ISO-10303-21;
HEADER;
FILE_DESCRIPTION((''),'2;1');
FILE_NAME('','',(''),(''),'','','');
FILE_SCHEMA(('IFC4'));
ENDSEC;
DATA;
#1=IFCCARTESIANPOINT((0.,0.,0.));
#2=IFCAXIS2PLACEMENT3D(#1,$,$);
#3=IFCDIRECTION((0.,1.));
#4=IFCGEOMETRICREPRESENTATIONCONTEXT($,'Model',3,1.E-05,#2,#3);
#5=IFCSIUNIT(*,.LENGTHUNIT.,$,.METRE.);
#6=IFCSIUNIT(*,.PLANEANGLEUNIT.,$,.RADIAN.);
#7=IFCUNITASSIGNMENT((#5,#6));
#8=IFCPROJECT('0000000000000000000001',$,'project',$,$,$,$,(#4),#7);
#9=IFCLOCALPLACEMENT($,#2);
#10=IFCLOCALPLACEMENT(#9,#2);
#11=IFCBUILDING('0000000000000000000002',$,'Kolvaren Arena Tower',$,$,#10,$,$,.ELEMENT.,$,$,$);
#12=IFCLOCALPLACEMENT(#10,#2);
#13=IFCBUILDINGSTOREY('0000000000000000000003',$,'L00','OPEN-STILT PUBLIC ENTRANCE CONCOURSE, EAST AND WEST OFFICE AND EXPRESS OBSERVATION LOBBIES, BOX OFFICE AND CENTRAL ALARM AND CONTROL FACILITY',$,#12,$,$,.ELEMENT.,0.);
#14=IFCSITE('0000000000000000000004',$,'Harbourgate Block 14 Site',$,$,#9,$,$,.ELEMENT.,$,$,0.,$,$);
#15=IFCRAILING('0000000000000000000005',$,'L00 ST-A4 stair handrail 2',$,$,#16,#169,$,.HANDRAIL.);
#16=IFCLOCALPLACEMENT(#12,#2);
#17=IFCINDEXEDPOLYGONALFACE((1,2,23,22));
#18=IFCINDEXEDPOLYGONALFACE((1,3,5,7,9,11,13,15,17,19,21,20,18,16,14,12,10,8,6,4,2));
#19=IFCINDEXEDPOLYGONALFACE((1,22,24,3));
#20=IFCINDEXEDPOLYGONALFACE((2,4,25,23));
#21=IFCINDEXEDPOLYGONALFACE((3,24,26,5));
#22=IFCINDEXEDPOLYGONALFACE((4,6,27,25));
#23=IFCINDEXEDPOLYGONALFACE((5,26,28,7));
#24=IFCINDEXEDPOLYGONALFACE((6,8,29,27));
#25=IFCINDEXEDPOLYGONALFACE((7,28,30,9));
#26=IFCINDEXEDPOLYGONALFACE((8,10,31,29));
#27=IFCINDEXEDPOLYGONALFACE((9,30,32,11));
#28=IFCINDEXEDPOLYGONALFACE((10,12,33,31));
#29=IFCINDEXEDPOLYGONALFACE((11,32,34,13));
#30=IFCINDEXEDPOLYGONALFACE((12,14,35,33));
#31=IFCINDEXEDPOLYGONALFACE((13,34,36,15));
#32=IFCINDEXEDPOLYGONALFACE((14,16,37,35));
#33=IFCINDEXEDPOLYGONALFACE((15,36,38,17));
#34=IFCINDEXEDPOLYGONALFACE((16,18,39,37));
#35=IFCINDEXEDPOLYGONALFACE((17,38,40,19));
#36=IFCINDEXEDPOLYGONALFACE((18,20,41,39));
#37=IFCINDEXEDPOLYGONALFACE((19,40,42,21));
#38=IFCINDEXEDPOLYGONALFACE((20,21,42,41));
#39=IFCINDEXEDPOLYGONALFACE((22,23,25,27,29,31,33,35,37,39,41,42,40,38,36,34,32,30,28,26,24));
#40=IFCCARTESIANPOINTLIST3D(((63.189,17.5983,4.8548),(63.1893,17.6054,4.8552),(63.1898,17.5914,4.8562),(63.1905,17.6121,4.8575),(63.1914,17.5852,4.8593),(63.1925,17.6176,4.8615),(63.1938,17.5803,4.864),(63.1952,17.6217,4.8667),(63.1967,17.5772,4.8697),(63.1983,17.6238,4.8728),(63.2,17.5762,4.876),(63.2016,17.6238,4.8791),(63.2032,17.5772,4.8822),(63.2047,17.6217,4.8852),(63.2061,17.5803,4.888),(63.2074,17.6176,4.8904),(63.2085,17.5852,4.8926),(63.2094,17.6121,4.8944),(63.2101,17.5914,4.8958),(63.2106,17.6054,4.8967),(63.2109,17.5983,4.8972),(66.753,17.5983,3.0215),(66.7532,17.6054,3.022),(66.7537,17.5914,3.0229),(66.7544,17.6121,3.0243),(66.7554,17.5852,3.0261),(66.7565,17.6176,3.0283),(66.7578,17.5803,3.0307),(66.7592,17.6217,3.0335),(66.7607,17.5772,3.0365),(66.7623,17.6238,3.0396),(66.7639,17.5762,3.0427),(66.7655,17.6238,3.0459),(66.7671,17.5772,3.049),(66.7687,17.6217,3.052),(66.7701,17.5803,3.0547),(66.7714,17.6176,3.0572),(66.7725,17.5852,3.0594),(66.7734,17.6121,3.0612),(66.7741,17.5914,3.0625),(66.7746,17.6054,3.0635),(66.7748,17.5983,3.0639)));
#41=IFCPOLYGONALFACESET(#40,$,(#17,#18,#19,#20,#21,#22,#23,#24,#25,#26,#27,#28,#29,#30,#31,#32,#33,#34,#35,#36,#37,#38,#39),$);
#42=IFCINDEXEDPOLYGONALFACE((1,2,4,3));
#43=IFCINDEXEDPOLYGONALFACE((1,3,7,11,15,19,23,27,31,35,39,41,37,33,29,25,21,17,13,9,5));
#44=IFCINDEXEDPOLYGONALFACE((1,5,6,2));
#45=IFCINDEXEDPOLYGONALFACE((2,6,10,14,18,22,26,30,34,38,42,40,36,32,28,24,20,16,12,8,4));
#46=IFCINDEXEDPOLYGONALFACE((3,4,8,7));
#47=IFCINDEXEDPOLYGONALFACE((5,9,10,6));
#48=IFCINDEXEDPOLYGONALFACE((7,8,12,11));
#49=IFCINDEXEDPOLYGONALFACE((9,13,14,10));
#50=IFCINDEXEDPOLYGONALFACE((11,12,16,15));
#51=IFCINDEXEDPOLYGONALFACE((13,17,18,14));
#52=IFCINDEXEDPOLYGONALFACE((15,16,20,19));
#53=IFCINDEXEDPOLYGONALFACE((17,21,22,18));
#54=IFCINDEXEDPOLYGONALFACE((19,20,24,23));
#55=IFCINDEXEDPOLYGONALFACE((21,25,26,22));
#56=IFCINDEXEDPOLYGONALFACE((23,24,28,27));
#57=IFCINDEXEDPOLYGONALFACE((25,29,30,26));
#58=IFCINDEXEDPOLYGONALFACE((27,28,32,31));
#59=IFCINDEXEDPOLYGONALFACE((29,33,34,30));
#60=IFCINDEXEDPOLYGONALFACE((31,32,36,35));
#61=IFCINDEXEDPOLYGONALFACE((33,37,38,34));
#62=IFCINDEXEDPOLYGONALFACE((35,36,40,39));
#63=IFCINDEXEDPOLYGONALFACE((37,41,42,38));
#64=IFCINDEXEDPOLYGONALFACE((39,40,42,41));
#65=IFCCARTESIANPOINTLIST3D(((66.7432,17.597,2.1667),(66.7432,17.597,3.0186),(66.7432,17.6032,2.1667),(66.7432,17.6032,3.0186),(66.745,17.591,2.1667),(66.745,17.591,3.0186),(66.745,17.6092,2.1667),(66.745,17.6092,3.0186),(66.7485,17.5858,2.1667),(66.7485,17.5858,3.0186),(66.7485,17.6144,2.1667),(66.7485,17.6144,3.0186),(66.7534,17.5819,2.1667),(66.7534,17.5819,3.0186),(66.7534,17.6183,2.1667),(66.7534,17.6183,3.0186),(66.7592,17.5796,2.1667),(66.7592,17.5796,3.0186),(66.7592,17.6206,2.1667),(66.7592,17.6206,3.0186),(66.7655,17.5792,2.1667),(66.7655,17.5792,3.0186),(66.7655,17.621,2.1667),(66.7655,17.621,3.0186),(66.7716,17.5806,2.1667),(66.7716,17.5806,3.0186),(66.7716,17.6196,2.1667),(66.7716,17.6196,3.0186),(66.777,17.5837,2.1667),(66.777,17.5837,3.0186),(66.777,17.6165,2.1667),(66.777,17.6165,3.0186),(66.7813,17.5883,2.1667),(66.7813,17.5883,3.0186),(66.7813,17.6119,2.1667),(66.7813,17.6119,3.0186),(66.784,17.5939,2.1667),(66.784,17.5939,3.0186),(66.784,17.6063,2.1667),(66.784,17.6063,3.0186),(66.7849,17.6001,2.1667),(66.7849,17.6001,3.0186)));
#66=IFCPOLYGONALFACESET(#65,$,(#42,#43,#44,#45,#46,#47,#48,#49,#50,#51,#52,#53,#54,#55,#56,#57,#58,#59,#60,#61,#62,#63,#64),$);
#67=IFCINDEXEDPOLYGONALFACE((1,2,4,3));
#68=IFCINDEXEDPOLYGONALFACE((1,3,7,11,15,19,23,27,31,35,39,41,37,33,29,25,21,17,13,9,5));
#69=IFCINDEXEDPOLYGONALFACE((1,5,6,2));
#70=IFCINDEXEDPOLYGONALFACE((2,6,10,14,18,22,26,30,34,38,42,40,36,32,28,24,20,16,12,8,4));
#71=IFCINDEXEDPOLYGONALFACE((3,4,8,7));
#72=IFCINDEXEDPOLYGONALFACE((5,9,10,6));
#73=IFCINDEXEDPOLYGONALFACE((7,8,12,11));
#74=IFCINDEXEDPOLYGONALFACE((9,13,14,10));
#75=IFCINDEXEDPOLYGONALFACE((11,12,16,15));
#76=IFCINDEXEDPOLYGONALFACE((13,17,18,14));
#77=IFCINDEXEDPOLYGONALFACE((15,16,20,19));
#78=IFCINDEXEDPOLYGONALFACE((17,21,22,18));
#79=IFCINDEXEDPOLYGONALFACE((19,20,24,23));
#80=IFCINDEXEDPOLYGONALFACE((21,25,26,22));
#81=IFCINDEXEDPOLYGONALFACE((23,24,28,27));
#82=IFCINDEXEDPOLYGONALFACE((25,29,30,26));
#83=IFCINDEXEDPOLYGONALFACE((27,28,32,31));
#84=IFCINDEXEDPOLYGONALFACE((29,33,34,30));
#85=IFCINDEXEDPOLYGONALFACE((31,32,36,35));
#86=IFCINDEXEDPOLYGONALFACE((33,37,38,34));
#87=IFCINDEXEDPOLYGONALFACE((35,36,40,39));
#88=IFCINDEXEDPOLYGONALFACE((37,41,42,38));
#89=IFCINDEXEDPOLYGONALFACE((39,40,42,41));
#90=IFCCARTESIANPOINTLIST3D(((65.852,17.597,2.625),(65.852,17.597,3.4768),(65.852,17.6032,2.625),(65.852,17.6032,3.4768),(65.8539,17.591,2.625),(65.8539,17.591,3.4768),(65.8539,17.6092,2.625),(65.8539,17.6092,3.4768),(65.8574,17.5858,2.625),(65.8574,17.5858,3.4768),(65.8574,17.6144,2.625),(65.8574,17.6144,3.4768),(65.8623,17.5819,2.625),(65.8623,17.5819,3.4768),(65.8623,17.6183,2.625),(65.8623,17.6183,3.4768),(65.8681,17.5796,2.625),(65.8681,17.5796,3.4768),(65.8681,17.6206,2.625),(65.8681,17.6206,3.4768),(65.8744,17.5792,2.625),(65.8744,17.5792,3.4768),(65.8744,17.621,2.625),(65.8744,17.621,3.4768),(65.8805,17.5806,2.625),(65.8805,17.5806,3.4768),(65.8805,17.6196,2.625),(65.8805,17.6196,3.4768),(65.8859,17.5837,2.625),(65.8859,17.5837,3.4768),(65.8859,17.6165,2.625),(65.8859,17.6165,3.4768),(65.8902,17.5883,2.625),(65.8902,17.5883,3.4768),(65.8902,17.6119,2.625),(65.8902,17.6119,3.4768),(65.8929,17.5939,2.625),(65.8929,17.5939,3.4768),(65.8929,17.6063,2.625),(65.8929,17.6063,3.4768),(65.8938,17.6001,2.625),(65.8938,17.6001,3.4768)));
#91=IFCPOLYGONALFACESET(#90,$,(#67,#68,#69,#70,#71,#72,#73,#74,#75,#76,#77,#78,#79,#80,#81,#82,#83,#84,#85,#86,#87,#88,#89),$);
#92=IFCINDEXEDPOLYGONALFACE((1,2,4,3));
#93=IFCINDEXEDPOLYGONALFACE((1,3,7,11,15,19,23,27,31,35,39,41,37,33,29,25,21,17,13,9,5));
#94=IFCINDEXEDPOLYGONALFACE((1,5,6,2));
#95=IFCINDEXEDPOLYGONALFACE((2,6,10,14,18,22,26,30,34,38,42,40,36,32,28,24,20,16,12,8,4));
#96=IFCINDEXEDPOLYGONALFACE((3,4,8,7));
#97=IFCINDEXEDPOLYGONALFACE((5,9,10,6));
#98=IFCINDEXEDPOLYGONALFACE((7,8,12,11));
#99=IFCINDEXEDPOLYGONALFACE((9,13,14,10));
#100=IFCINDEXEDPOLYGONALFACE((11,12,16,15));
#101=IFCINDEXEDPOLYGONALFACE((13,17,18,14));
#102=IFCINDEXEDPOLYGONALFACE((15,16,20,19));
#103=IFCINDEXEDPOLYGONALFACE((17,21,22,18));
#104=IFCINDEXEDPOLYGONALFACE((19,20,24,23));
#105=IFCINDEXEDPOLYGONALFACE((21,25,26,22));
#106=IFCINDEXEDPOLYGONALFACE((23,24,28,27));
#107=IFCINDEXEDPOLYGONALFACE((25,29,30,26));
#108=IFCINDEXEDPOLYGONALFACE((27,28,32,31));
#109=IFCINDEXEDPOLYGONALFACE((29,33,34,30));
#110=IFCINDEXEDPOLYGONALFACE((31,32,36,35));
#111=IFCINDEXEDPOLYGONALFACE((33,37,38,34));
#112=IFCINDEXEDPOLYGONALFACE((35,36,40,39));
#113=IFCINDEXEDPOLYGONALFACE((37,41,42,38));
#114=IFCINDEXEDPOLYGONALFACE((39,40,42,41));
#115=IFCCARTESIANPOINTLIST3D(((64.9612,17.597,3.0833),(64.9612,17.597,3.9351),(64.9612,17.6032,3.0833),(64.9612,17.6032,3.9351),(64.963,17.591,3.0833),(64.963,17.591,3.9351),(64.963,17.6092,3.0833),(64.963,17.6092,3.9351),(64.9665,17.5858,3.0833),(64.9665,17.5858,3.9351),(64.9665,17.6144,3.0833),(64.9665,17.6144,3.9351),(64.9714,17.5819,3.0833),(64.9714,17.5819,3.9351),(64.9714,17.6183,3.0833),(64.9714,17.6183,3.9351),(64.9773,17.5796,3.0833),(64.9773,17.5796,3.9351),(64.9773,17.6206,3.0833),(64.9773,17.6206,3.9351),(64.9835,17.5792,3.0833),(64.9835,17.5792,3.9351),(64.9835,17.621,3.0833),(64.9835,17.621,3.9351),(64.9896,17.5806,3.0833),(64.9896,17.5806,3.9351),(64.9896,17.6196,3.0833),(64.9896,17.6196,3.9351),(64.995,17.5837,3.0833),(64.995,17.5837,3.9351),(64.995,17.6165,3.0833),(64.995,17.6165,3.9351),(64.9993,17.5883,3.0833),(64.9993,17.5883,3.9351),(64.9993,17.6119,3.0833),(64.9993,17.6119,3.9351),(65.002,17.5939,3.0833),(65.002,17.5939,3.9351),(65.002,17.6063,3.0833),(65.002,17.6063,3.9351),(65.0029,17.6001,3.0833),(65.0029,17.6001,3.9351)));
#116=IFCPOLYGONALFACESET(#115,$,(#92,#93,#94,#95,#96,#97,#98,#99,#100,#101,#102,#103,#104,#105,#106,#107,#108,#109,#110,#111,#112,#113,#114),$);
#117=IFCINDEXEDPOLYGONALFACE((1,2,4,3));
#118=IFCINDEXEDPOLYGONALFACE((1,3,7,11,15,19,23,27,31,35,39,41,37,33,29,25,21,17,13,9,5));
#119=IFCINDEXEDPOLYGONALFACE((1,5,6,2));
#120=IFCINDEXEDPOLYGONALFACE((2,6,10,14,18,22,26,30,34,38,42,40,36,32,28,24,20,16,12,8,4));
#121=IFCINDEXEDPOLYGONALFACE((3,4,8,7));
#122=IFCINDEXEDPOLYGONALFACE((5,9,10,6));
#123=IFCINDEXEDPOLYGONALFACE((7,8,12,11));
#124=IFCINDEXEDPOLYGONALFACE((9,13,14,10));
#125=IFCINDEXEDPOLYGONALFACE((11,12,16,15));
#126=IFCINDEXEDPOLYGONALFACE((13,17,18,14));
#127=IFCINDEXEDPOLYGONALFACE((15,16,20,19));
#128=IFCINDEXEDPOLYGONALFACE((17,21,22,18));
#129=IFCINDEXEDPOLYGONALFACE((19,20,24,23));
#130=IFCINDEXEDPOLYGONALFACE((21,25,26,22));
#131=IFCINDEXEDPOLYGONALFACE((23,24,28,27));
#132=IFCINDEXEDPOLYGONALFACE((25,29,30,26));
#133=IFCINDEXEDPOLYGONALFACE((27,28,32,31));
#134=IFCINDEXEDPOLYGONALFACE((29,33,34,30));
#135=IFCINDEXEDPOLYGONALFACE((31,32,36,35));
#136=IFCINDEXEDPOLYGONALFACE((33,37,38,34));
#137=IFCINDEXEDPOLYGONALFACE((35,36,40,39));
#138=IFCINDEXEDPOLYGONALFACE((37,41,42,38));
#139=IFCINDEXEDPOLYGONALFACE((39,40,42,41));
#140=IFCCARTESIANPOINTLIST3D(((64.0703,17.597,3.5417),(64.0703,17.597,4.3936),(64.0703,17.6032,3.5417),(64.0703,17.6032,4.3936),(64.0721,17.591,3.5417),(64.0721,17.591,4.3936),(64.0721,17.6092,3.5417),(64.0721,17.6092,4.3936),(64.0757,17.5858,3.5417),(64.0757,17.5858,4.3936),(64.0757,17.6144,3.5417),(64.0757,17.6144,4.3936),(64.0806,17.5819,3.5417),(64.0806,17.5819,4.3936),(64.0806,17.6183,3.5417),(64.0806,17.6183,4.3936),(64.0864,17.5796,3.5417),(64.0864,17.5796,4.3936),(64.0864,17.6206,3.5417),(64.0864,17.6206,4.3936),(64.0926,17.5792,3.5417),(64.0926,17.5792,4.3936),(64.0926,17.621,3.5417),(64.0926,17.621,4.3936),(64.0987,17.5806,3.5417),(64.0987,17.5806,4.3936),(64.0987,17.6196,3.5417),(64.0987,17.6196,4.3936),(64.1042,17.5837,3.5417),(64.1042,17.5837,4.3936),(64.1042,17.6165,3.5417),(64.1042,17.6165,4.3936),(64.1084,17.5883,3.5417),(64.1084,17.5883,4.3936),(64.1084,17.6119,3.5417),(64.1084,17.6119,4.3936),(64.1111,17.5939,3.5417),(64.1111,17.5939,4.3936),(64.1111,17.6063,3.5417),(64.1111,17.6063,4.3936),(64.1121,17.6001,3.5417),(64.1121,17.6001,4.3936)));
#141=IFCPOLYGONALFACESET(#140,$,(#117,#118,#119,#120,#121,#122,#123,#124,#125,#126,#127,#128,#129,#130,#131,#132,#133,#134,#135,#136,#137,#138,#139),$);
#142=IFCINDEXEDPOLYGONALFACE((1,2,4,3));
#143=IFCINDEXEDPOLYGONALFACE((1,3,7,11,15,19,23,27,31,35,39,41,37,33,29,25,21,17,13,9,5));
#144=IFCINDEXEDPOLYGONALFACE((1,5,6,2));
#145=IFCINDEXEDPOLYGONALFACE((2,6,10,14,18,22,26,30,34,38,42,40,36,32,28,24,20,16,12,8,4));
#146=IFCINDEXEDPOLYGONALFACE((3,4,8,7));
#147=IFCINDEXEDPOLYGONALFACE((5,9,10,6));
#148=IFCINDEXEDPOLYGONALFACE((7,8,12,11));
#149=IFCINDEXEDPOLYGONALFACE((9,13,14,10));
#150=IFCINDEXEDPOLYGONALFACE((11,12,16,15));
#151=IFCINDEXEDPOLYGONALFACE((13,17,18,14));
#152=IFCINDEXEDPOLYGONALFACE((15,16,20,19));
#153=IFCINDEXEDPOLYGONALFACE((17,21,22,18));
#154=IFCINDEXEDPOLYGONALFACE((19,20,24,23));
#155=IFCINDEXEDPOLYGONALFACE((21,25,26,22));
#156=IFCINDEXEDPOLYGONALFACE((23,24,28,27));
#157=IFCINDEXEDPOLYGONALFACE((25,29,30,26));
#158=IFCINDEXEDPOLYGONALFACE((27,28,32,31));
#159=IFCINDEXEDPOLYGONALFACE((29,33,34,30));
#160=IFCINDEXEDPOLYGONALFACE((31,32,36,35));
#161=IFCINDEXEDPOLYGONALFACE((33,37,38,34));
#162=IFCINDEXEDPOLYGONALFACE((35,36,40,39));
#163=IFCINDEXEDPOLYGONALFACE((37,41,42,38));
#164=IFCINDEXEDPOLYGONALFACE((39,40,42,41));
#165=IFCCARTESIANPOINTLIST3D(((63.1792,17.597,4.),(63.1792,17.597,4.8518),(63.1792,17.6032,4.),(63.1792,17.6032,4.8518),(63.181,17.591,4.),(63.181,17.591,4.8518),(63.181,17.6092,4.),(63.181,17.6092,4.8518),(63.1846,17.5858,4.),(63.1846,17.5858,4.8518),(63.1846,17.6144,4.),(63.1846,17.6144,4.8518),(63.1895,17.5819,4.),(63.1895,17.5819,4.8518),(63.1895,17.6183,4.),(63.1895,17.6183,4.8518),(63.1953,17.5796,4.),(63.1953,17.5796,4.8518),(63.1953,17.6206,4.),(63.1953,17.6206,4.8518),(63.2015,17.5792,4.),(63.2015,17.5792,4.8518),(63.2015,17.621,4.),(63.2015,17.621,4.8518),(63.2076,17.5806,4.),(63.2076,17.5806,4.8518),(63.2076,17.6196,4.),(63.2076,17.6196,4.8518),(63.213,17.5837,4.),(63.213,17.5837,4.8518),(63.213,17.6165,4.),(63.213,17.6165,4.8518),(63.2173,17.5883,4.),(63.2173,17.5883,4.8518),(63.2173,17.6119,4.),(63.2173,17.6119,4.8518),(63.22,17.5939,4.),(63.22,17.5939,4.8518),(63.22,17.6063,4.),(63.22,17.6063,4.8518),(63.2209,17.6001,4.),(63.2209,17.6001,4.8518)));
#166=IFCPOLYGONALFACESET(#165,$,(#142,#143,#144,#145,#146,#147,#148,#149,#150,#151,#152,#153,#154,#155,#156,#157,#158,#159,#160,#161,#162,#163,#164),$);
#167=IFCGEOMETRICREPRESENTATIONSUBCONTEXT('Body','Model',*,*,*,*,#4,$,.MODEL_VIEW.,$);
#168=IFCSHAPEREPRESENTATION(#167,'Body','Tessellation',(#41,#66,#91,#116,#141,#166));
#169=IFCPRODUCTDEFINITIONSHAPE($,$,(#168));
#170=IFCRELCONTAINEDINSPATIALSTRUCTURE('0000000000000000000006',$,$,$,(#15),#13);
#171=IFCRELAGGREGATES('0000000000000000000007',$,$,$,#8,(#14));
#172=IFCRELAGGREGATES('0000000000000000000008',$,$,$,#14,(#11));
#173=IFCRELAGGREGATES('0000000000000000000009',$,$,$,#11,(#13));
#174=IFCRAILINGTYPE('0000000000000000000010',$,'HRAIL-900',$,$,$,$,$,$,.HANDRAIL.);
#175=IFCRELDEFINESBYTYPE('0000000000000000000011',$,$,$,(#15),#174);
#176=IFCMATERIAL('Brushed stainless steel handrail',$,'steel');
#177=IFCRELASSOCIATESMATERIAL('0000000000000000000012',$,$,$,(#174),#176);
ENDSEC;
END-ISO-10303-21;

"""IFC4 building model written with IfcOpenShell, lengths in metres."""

from ifc_helpers import new_model, si_unit, direction, frame, origin, origin_2d, place, context, subcontext, project, spatial, circle, extrude, material, type_object, element, save


model = new_model("IFC4")

# Units and contexts
model_context = context("Model", 3, precision=1e-05, world=origin(), true_north=direction((0.0, 1.0)))
body_context = subcontext(model_context, "Body", "Model", "MODEL_VIEW")
ifc_project = project(units=[si_unit("LENGTHUNIT", "METRE"), si_unit("PLANEANGLEUNIT", "RADIAN")], contexts=[model_context])

# Site, building, storey
site_placement = place(None, origin())
site = spatial("IfcSite", under=ifc_project, at=site_placement, Name="Harbourgate Block 14 Site", CompositionType="ELEMENT", RefElevation=0.0)
building_placement = place(site_placement, origin())
building = spatial("IfcBuilding", under=site, at=building_placement, Name="Kolvaren Arena Tower", CompositionType="ELEMENT")
storey_placement = place(building_placement, origin())
storey = spatial("IfcBuildingStorey", under=building, at=storey_placement, Name="L00", Description="OPEN-STILT PUBLIC ENTRANCE CONCOURSE, EAST AND WEST OFFICE AND EXPRESS OBSERVATION LOBBIES, BOX OFFICE AND CENTRAL ALARM AND CONTROL FACILITY", CompositionType="ELEMENT", Elevation=0.0)

# Railing
ifc_material_1 = material(Name="Brushed stainless steel handrail", Category="steel")
railing_type_1 = type_object("IfcRailingType", Name="HRAIL-900", PredefinedType="HANDRAIL", material=ifc_material_1)
for number, where, name in (
    (1, (66.7639, 17.6001, 2.1667), "L00 ST-A4 stair handrail 2"),
):
    element("IfcRailing", number, at=place(storey_placement, frame(where)), inside=storey, type_object=railing_type_1, Name=name, PredefinedType="HANDRAIL", context=body_context, shape_type="SweptSolid", body=[
        extrude(circle(Radius=0.0239, at=origin_2d()), frame((0.0, 0.0, 0.876), z_axis=(-0.889252, 0.0, 0.457418), x_axis=(0.0, -1.0, 0.0)), (0.0, 0.0, 1.0), 4.0078),
        extrude(circle(Radius=0.021, at=origin_2d()), origin(), (0.0, 0.0, 1.0), 0.8518),
        extrude(circle(Radius=0.021, at=origin_2d()), frame((-0.8911, 0.0, 0.4583)), (0.0, 0.0, 1.0), 0.8518),
        extrude(circle(Radius=0.021, at=origin_2d()), frame((-1.782, 0.0, 0.9165)), (0.0, 0.0, 1.0), 0.8518),
        extrude(circle(Radius=0.021, at=origin_2d()), frame((-2.6729, 0.0, 1.375)), (0.0, 0.0, 1.0), 0.8518),
        extrude(circle(Radius=0.021, at=origin_2d()), frame((-3.564, 0.0, 1.8333)), (0.0, 0.0, 1.0), 0.8518),
    ])

save(model, "model.ifc")
